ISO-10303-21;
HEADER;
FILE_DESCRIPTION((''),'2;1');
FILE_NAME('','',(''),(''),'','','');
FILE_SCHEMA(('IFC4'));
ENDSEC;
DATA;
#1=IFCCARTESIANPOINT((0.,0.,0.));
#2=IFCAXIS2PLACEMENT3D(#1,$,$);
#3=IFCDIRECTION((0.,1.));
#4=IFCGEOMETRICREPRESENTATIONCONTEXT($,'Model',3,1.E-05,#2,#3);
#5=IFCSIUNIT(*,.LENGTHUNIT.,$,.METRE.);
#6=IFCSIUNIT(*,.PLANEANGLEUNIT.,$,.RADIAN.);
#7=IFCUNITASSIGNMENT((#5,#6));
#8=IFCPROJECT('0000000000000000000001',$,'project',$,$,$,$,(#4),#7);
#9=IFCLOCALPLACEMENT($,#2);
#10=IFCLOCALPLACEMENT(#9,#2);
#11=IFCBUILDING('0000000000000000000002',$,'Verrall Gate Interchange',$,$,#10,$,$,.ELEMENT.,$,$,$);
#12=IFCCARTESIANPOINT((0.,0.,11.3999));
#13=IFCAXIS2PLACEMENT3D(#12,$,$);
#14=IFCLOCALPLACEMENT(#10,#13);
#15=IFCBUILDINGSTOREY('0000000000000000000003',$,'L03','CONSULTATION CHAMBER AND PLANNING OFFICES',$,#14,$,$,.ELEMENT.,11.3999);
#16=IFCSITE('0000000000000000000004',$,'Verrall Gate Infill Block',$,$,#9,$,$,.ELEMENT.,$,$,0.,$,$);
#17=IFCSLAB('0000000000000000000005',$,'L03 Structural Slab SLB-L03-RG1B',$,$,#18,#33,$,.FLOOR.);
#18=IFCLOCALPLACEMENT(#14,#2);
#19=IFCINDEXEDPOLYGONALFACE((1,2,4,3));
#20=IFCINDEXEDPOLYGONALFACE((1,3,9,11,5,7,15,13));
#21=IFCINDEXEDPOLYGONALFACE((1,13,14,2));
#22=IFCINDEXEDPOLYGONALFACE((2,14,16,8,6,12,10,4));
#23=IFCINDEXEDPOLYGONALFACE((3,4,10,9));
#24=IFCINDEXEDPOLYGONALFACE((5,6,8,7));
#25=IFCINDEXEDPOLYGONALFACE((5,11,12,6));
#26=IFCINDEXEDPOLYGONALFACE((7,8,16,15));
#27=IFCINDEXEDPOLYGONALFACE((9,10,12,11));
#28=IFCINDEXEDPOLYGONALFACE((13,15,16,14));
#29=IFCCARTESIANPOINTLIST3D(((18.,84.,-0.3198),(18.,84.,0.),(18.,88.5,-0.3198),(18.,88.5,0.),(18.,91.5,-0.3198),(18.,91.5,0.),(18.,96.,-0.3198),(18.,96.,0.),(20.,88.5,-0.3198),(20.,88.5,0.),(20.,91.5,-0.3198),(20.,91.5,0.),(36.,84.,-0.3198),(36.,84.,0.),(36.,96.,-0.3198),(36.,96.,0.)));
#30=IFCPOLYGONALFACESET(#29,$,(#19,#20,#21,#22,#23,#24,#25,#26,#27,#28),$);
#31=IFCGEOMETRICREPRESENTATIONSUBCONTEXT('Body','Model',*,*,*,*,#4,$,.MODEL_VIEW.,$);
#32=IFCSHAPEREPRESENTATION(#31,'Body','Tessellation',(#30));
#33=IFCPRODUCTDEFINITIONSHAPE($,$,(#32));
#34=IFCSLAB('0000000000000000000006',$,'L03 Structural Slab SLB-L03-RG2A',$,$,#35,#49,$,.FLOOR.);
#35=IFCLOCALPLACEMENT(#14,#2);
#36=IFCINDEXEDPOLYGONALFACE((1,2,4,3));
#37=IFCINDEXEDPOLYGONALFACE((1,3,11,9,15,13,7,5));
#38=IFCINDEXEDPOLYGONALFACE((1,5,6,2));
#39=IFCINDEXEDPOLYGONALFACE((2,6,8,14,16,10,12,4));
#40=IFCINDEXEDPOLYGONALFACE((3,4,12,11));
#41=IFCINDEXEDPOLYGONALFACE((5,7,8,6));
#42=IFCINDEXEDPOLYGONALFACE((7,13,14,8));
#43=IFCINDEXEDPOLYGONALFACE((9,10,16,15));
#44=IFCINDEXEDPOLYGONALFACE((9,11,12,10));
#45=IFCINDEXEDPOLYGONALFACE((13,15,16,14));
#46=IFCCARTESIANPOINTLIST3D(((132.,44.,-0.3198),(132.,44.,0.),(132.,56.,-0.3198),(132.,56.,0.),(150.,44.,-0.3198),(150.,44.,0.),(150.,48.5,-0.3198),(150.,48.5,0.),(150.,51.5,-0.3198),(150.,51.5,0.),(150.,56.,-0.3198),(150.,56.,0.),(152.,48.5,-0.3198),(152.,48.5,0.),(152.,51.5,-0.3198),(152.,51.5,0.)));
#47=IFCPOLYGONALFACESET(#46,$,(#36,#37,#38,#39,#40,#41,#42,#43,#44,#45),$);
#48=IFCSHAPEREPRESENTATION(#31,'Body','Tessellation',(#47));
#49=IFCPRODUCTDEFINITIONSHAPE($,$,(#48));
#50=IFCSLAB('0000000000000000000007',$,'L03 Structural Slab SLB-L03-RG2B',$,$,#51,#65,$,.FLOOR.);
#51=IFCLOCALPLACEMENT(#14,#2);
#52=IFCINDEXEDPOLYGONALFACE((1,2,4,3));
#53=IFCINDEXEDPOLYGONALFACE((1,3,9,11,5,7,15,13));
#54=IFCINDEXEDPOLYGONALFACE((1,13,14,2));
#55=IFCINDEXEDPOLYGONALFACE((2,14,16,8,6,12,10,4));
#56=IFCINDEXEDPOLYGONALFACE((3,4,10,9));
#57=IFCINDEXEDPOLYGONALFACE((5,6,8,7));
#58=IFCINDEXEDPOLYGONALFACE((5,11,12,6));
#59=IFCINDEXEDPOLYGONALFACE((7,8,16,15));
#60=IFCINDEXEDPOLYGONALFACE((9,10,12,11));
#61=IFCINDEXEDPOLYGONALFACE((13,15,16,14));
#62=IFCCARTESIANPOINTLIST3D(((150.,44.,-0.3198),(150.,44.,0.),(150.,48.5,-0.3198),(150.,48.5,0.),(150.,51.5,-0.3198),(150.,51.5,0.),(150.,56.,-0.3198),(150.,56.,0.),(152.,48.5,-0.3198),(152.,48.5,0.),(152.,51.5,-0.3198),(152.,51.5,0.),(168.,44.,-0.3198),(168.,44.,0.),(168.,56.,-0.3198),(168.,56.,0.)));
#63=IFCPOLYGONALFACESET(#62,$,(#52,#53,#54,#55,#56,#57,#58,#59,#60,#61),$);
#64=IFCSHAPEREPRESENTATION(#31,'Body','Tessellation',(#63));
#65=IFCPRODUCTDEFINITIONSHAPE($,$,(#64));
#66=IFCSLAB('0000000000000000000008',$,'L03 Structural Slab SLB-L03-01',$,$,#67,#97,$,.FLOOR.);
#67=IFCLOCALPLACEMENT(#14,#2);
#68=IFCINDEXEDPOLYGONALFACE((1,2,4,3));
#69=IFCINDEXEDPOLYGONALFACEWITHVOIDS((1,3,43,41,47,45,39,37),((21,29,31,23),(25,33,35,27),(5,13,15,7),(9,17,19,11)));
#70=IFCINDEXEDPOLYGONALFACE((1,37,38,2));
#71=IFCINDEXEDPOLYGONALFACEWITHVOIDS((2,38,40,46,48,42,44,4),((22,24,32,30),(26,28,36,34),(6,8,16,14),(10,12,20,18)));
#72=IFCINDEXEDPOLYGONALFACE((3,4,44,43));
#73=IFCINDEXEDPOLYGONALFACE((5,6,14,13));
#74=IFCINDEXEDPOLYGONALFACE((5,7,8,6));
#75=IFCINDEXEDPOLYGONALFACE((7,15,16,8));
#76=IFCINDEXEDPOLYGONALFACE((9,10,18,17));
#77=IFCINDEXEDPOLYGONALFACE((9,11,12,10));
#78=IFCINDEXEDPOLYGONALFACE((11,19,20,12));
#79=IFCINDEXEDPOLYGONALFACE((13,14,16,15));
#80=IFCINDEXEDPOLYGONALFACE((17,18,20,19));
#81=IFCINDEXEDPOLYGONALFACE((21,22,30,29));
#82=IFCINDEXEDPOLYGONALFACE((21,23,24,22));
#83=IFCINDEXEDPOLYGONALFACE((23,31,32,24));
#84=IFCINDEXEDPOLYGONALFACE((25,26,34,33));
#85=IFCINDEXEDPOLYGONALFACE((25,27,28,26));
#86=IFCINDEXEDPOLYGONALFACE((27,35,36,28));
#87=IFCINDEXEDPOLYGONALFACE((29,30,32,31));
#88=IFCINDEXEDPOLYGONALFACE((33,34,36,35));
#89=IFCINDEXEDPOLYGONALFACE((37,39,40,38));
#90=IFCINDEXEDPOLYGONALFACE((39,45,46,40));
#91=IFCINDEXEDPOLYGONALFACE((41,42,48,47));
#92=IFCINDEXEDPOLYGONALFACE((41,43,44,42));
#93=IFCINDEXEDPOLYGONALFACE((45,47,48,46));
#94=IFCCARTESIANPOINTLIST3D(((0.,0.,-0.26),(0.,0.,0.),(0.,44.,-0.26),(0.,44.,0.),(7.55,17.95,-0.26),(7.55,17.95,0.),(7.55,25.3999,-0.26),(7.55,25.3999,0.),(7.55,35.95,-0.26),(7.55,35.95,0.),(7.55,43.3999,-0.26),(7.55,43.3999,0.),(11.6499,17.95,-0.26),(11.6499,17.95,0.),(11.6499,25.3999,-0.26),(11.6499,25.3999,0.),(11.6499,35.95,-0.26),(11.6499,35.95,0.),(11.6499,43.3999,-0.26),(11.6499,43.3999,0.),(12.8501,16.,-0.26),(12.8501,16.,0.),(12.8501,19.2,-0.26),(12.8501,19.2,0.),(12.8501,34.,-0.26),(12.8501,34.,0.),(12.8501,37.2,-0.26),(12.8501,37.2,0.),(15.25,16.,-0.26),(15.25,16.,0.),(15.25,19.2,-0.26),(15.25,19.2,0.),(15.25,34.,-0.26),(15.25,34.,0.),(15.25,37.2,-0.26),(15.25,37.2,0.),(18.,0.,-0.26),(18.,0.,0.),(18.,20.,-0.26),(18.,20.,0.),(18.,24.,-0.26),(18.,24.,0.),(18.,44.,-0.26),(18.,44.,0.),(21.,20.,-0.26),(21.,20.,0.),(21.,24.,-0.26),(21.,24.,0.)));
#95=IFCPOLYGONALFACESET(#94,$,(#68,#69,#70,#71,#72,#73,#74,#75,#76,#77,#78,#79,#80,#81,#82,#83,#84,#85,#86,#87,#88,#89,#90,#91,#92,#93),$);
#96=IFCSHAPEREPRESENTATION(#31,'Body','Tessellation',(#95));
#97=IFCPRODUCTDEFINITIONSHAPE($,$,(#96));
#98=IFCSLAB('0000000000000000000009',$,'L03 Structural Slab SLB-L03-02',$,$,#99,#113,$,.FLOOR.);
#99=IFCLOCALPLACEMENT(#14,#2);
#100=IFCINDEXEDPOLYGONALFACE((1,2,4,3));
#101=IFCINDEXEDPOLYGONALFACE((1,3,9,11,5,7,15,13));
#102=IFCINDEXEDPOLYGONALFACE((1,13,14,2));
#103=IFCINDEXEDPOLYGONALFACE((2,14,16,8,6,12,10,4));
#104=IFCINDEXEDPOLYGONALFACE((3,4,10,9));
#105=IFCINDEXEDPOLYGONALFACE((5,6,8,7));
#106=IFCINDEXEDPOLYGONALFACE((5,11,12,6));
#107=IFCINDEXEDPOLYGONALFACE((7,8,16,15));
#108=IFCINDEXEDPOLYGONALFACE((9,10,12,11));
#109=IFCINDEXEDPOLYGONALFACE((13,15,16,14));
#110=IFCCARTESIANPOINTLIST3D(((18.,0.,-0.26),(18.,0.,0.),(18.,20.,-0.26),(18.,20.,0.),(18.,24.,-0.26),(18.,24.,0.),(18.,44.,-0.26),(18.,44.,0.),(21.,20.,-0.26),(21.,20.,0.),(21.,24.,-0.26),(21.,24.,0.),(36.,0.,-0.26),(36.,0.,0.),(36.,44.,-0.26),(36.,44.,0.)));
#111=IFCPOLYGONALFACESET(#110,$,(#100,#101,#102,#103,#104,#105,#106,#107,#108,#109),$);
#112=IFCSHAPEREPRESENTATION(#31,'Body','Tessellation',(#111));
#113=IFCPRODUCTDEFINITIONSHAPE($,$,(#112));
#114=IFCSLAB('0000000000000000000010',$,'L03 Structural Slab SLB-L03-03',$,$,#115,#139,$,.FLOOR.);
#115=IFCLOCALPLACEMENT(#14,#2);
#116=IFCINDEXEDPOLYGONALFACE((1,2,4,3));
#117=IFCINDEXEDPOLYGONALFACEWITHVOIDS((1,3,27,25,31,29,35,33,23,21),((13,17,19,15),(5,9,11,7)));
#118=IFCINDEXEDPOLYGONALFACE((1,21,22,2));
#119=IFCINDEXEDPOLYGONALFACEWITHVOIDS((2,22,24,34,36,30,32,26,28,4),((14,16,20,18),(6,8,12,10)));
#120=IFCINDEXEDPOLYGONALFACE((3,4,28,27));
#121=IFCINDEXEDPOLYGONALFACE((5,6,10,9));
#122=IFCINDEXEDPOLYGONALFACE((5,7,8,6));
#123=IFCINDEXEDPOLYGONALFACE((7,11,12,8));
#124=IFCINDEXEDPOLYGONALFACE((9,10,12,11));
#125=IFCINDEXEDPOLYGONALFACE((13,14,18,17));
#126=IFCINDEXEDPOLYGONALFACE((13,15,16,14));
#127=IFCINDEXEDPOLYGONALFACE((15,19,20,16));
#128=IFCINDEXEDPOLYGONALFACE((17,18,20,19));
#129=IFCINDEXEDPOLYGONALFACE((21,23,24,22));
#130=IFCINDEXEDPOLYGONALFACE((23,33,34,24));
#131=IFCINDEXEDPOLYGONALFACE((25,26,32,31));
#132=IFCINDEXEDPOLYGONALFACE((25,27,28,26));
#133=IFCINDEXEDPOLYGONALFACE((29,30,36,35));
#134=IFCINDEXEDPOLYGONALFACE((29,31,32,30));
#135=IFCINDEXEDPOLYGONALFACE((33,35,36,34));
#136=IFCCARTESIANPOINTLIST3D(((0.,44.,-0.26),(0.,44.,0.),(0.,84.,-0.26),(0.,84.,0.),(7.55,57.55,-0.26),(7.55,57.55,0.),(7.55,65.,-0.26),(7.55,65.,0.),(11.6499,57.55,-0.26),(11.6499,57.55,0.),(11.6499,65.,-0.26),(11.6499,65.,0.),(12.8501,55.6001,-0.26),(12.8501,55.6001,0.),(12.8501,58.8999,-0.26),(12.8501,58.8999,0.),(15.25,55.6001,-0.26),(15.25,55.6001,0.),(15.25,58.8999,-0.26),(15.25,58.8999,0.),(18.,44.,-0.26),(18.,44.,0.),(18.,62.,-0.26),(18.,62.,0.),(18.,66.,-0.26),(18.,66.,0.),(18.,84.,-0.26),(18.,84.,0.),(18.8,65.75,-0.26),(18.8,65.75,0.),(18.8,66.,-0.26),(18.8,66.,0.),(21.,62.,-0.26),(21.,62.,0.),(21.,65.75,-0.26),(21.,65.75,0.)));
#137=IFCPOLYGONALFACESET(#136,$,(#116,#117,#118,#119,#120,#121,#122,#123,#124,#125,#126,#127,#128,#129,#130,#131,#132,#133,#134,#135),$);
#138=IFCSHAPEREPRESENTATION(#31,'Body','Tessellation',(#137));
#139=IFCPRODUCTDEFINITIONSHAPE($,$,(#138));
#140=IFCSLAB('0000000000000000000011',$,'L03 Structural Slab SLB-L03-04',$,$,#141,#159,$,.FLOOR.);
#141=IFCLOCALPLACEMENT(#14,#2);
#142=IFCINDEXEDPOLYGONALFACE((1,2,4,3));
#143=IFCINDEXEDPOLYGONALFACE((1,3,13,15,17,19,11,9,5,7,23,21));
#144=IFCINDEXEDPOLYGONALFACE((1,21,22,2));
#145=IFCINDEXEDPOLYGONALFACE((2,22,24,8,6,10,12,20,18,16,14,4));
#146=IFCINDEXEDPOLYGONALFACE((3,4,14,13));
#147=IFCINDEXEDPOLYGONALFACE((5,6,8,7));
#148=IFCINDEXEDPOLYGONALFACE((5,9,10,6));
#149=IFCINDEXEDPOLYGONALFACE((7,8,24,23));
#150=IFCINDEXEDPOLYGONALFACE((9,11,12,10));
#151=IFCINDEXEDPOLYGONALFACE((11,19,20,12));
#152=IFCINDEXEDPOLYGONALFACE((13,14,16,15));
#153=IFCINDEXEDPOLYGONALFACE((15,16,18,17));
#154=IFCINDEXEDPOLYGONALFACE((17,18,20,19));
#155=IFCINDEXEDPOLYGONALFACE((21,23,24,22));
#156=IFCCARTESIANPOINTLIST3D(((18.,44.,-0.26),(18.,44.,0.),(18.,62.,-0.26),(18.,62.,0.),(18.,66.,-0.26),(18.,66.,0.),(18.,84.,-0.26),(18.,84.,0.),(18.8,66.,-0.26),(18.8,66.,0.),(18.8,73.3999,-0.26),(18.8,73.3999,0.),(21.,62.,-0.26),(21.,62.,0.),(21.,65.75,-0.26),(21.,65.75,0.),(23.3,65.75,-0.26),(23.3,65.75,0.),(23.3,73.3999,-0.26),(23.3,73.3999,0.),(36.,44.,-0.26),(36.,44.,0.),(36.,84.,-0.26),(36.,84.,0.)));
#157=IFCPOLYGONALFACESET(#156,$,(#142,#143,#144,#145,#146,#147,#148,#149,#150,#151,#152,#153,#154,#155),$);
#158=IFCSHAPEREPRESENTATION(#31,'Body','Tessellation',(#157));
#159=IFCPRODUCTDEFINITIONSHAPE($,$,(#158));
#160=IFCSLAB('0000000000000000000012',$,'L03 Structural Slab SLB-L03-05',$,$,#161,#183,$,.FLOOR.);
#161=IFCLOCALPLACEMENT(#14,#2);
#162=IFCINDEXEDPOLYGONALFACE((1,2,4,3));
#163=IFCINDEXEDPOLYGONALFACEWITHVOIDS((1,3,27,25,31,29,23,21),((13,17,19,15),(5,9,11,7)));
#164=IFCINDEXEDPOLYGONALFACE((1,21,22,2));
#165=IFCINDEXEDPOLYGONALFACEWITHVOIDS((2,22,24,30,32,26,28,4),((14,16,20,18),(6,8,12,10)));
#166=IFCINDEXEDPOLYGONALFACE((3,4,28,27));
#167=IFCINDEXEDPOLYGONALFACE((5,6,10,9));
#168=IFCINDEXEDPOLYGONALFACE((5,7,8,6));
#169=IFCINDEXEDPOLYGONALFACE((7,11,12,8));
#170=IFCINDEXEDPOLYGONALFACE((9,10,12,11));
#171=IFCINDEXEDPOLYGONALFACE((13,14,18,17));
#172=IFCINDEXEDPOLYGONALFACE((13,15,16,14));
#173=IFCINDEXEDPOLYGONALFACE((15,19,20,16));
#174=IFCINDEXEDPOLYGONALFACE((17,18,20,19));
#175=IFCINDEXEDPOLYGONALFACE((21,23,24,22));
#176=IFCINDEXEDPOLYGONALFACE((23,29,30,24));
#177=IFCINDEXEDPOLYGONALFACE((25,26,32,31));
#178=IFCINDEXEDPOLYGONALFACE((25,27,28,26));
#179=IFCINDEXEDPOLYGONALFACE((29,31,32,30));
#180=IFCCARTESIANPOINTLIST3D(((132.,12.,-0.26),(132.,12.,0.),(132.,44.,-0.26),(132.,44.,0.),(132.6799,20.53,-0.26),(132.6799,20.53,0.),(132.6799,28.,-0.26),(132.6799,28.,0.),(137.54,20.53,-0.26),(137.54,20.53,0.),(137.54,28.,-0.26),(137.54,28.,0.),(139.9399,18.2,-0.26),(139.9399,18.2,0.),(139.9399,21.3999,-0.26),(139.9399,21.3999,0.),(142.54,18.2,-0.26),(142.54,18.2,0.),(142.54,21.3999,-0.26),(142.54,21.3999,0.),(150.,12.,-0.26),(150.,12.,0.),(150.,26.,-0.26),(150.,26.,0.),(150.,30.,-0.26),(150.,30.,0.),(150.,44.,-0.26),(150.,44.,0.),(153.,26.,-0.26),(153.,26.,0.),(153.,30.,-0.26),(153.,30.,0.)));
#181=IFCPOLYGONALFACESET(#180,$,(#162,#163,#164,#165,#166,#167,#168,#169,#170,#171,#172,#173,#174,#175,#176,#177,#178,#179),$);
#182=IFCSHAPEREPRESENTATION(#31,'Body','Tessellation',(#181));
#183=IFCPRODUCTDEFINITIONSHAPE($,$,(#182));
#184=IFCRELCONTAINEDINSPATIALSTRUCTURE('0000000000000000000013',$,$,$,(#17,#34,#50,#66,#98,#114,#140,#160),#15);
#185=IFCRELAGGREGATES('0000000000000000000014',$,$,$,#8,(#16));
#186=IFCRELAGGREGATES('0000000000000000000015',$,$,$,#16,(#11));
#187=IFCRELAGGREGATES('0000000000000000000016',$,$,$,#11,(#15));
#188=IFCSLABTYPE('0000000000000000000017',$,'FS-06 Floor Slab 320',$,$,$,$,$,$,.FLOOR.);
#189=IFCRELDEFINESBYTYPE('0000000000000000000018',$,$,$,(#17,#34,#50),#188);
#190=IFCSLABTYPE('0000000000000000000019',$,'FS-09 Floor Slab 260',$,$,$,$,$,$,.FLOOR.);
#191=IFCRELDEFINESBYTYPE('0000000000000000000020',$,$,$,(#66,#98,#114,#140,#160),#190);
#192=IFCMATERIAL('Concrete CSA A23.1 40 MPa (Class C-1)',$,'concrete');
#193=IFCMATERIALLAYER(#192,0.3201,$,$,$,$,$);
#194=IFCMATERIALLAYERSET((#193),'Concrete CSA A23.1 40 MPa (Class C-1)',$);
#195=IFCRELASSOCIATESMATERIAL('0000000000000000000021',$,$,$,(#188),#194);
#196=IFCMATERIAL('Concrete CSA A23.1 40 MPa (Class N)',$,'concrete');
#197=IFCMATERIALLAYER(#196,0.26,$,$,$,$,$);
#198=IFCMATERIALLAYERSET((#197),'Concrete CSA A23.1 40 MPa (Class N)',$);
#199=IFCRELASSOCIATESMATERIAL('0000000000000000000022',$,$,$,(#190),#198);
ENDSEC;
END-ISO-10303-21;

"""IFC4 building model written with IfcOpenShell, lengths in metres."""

from ifc_helpers import new_model, si_unit, direction, frame, origin, place, context, subcontext, project, spatial, polyline, outline, extrude, material, layer, layer_set, type_object, element, save


model = new_model("IFC4")

# Units and contexts
model_context = context("Model", 3, precision=1e-05, world=origin(), true_north=direction((0.0, 1.0)))
body_context = subcontext(model_context, "Body", "Model", "MODEL_VIEW")
ifc_project = project(units=[si_unit("LENGTHUNIT", "METRE"), si_unit("PLANEANGLEUNIT", "RADIAN")], contexts=[model_context])

# Site, building, storey
site_placement = place(None, origin())
site = spatial("IfcSite", under=ifc_project, at=site_placement, Name="Verrall Gate Infill Block", CompositionType="ELEMENT", RefElevation=0.0)
building_placement = place(site_placement, origin())
building = spatial("IfcBuilding", under=site, at=building_placement, Name="Verrall Gate Interchange", CompositionType="ELEMENT")
storey_placement = place(building_placement, frame((0.0, 0.0, 11.3999)))
storey = spatial("IfcBuildingStorey", under=building, at=storey_placement, Name="L03", Description="CONSULTATION CHAMBER AND PLANNING OFFICES", CompositionType="ELEMENT", Elevation=11.3999)

# Slabs
ifc_material_1 = material(Name="Concrete CSA A23.1 40 MPa (Class C-1)", Category="concrete")
ifc_layer_1 = layer(ifc_material_1, 0.3201)
ifc_layer_set_1 = layer_set([ifc_layer_1], Name="Concrete CSA A23.1 40 MPa (Class C-1)")
slab_type_1 = type_object("IfcSlabType", Name="FS-06 Floor Slab 320", PredefinedType="FLOOR", material=ifc_layer_set_1)
slab_1_placement = place(storey_placement, frame((0.0, 0.0, -0.3198)))
element("IfcSlab", 1, at=slab_1_placement, inside=storey, type_object=slab_type_1, Name="L03 Structural Slab SLB-L03-RG1B", PredefinedType="FLOOR", context=body_context, shape_type="SweptSolid", body=[
    extrude(outline(polyline([(36.0, 84.0), (18.0, 84.0), (18.0, 88.5), (20.0, 88.5), (20.0, 91.5), (18.0, 91.5), (18.0, 96.0), (36.0, 96.0), (36.0, 84.0)])), origin(), (0.0, 0.0, 1.0), 0.3198),
])
slab_2_placement = place(storey_placement, frame((0.0, 0.0, -0.3198)))
element("IfcSlab", 2, at=slab_2_placement, inside=storey, type_object=slab_type_1, Name="L03 Structural Slab SLB-L03-RG2A", PredefinedType="FLOOR", context=body_context, shape_type="SweptSolid", body=[
    extrude(outline(polyline([(132.0, 56.0), (150.0, 56.0), (150.0, 51.5), (152.0, 51.5), (152.0, 48.5), (150.0, 48.5), (150.0, 44.0), (132.0, 44.0), (132.0, 56.0)])), origin(), (0.0, 0.0, 1.0), 0.3198),
])
slab_3_placement = place(storey_placement, frame((0.0, 0.0, -0.3198)))
element("IfcSlab", 3, at=slab_3_placement, inside=storey, type_object=slab_type_1, Name="L03 Structural Slab SLB-L03-RG2B", PredefinedType="FLOOR", context=body_context, shape_type="SweptSolid", body=[
    extrude(outline(polyline([(168.0, 44.0), (150.0, 44.0), (150.0, 48.5), (152.0, 48.5), (152.0, 51.5), (150.0, 51.5), (150.0, 56.0), (168.0, 56.0), (168.0, 44.0)])), origin(), (0.0, 0.0, 1.0), 0.3198),
])
ifc_material_2 = material(Name="Concrete CSA A23.1 40 MPa (Class N)", Category="concrete")
ifc_layer_2 = layer(ifc_material_2, 0.26)
ifc_layer_set_2 = layer_set([ifc_layer_2], Name="Concrete CSA A23.1 40 MPa (Class N)")
slab_type_2 = type_object("IfcSlabType", Name="FS-09 Floor Slab 260", PredefinedType="FLOOR", material=ifc_layer_set_2)
slab_4_placement = place(storey_placement, frame((0.0, 0.0, -0.26)))
element("IfcSlab", 4, at=slab_4_placement, inside=storey, type_object=slab_type_2, Name="L03 Structural Slab SLB-L03-01", PredefinedType="FLOOR", context=body_context, shape_type="SweptSolid", body=[
    extrude(outline(polyline([(0.0, 0.0), (0.0, 44.0), (18.0, 44.0), (18.0, 24.0), (21.0, 24.0), (21.0, 20.0), (18.0, 20.0), (18.0, 0.0), (0.0, 0.0)]), holes=[polyline([(12.8501, 19.2), (12.8501, 16.0), (15.25, 16.0), (15.25, 19.2), (12.8501, 19.2)]), polyline([(12.8501, 37.2), (12.8501, 34.0), (15.25, 34.0), (15.25, 37.2), (12.8501, 37.2)]), polyline([(7.55, 25.3999), (7.55, 17.95), (11.6499, 17.95), (11.6499, 25.3999), (7.55, 25.3999)]), polyline([(11.6499, 43.3999), (7.55, 43.3999), (7.55, 35.95), (11.6499, 35.95), (11.6499, 43.3999)])]), origin(), (0.0, 0.0, 1.0), 0.26),
])
slab_5_placement = place(storey_placement, frame((0.0, 0.0, -0.26)))
element("IfcSlab", 5, at=slab_5_placement, inside=storey, type_object=slab_type_2, Name="L03 Structural Slab SLB-L03-02", PredefinedType="FLOOR", context=body_context, shape_type="SweptSolid", body=[
    extrude(outline(polyline([(36.0, 0.0), (18.0, 0.0), (18.0, 20.0), (21.0, 20.0), (21.0, 24.0), (18.0, 24.0), (18.0, 44.0), (36.0, 44.0), (36.0, 0.0)])), origin(), (0.0, 0.0, 1.0), 0.26),
])
slab_6_placement = place(storey_placement, frame((0.0, 0.0, -0.26)))
element("IfcSlab", 6, at=slab_6_placement, inside=storey, type_object=slab_type_2, Name="L03 Structural Slab SLB-L03-03", PredefinedType="FLOOR", context=body_context, shape_type="SweptSolid", body=[
    extrude(outline(polyline([(0.0, 84.0), (18.0, 84.0), (18.0, 66.0), (18.8, 66.0), (18.8, 65.75), (21.0, 65.75), (21.0, 62.0), (18.0, 62.0), (18.0, 44.0), (0.0, 44.0), (0.0, 84.0)]), holes=[polyline([(12.8501, 58.8999), (12.8501, 55.6001), (15.25, 55.6001), (15.25, 58.8999), (12.8501, 58.8999)]), polyline([(7.55, 57.55), (11.6499, 57.55), (11.6499, 65.0), (7.55, 65.0), (7.55, 57.55)])]), origin(), (0.0, 0.0, 1.0), 0.26),
])
slab_7_placement = place(storey_placement, frame((0.0, 0.0, -0.26)))
element("IfcSlab", 7, at=slab_7_placement, inside=storey, type_object=slab_type_2, Name="L03 Structural Slab SLB-L03-04", PredefinedType="FLOOR", context=body_context, shape_type="SweptSolid", body=[
    extrude(outline(polyline([(36.0, 44.0), (18.0, 44.0), (18.0, 62.0), (21.0, 62.0), (21.0, 65.75), (23.3, 65.75), (23.3, 73.3999), (18.8, 73.3999), (18.8, 66.0), (18.0, 66.0), (18.0, 84.0), (36.0, 84.0), (36.0, 44.0)])), origin(), (0.0, 0.0, 1.0), 0.26),
])
slab_8_placement = place(storey_placement, frame((0.0, 0.0, -0.26)))
element("IfcSlab", 8, at=slab_8_placement, inside=storey, type_object=slab_type_2, Name="L03 Structural Slab SLB-L03-05", PredefinedType="FLOOR", context=body_context, shape_type="SweptSolid", body=[
    extrude(outline(polyline([(132.0, 44.0), (150.0, 44.0), (150.0, 30.0), (153.0, 30.0), (153.0, 26.0), (150.0, 26.0), (150.0, 12.0), (132.0, 12.0), (132.0, 44.0)]), holes=[polyline([(139.9399, 21.3999), (139.9399, 18.2), (142.54, 18.2), (142.54, 21.3999), (139.9399, 21.3999)]), polyline([(132.6799, 28.0), (132.6799, 20.53), (137.54, 20.53), (137.54, 28.0), (132.6799, 28.0)])]), origin(), (0.0, 0.0, 1.0), 0.26),
])

save(model, "model.ifc")
